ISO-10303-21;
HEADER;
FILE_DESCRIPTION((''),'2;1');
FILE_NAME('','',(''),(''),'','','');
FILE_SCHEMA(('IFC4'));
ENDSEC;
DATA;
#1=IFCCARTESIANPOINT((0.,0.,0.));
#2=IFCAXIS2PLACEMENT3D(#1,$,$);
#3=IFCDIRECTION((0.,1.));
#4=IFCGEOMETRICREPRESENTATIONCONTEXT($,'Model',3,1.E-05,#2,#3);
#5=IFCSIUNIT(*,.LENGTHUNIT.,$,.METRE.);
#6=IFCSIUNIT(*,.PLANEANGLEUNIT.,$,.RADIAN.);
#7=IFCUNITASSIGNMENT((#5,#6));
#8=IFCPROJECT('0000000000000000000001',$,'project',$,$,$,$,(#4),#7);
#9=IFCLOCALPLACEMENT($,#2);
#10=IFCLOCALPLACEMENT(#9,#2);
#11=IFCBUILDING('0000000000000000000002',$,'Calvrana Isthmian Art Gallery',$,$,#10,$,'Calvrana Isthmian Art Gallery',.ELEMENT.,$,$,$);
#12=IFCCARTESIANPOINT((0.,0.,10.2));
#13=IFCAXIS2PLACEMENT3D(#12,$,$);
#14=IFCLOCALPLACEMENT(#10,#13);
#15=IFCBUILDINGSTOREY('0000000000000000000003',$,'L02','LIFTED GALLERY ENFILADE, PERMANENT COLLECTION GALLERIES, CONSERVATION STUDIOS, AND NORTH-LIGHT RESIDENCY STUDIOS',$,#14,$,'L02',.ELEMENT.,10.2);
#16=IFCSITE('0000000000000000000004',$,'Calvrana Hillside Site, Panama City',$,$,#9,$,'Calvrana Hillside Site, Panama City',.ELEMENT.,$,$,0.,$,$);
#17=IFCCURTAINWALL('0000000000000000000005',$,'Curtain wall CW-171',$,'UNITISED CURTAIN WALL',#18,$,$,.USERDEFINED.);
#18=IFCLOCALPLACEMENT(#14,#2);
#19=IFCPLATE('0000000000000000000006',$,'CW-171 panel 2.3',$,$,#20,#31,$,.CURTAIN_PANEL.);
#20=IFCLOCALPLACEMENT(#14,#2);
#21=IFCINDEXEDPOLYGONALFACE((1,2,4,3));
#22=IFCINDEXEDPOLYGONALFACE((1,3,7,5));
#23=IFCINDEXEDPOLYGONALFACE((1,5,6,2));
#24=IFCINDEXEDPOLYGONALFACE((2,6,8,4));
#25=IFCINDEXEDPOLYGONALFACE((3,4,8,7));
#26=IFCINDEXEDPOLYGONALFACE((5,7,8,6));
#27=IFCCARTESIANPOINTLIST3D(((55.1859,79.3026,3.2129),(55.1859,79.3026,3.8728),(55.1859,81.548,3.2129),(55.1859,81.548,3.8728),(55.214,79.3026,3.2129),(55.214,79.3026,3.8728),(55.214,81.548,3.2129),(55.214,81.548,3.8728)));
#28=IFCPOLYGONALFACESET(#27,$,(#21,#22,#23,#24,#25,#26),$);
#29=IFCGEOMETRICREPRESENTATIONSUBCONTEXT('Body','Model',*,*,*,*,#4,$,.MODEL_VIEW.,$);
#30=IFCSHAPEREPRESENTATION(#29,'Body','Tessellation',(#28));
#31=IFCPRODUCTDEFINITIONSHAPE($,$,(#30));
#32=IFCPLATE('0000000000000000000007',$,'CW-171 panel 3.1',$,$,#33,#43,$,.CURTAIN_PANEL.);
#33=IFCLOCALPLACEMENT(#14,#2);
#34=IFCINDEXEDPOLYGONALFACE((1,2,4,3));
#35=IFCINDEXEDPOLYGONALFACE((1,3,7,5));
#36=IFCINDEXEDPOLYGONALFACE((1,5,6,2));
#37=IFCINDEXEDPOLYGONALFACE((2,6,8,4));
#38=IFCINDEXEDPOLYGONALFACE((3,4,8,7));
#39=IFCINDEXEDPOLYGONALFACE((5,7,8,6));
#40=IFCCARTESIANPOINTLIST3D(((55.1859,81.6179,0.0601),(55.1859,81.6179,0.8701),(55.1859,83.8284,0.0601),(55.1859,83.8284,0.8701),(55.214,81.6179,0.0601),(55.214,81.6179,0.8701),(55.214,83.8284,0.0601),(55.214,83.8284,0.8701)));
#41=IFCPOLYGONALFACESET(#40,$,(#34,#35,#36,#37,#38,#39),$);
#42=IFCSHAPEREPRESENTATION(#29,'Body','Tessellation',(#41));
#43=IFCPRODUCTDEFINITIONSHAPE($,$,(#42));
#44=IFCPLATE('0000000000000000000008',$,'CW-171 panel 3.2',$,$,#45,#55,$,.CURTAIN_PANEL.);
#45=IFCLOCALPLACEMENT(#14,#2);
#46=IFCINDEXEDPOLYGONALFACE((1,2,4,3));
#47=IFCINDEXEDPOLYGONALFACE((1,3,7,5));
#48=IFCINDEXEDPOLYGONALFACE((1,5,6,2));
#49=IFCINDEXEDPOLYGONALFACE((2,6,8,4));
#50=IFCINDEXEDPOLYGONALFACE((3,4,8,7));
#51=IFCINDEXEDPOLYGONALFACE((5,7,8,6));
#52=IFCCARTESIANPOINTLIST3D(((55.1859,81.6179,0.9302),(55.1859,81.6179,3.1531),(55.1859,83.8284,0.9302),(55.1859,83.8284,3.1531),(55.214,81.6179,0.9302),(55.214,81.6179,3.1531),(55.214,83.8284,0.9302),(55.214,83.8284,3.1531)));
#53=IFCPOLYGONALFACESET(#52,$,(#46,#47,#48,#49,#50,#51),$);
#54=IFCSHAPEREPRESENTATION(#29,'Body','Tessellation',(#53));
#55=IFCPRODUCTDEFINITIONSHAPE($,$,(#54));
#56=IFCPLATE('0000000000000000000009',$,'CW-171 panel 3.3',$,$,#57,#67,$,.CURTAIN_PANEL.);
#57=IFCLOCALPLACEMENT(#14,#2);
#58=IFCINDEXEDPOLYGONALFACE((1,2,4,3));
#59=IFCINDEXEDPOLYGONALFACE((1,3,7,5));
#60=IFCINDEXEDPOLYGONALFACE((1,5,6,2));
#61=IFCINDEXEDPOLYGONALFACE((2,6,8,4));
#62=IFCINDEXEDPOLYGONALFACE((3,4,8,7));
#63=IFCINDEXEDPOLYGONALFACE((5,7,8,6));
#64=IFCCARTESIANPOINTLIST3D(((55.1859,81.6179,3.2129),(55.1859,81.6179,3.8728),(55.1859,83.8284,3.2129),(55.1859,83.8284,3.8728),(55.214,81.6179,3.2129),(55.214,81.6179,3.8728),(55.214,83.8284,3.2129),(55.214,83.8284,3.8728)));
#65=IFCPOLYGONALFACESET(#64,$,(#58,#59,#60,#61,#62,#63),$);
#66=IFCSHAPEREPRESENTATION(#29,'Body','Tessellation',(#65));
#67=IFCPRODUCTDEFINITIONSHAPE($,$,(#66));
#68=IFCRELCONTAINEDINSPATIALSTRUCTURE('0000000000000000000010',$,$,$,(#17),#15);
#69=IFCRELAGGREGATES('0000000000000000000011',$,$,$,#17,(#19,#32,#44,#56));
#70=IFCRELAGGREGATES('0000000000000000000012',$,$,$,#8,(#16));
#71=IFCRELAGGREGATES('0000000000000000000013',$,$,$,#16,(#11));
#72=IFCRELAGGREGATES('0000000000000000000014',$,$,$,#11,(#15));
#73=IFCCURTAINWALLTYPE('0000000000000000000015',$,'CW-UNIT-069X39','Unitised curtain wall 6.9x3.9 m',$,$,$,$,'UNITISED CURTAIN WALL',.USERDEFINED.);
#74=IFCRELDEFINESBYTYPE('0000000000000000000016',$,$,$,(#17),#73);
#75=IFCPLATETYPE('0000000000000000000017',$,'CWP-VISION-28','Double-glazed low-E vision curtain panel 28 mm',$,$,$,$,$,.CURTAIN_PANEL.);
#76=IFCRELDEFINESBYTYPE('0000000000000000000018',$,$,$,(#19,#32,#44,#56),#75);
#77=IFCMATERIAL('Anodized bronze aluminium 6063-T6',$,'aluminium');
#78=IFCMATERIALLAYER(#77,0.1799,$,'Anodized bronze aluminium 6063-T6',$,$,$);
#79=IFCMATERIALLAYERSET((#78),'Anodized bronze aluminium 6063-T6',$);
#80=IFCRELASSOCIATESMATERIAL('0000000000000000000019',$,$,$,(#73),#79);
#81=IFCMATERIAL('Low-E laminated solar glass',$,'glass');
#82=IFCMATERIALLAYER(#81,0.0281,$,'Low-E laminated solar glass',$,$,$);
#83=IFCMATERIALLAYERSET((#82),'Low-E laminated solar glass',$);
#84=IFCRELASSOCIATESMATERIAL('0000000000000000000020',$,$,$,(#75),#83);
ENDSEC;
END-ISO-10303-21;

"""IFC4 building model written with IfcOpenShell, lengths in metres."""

from ifc_helpers import new_model, si_unit, direction, frame, origin, origin_2d, place, context, subcontext, project, spatial, rectangle, extrude, material, layer, layer_set, type_object, element, aggregate, save


model = new_model("IFC4")

# Units and contexts
model_context = context("Model", 3, precision=1e-05, world=origin(), true_north=direction((0.0, 1.0)))
body_context = subcontext(model_context, "Body", "Model", "MODEL_VIEW")
ifc_project = project(units=[si_unit("LENGTHUNIT", "METRE"), si_unit("PLANEANGLEUNIT", "RADIAN")], contexts=[model_context])

# Site, building, storey
site_placement = place(None, origin())
site = spatial("IfcSite", under=ifc_project, at=site_placement, Name="Calvrana Hillside Site, Panama City", LongName="Calvrana Hillside Site, Panama City", CompositionType="ELEMENT", RefElevation=0.0)
building_placement = place(site_placement, origin())
building = spatial("IfcBuilding", under=site, at=building_placement, Name="Calvrana Isthmian Art Gallery", LongName="Calvrana Isthmian Art Gallery", CompositionType="ELEMENT")
storey_placement = place(building_placement, frame((0.0, 0.0, 10.2)))
storey = spatial("IfcBuildingStorey", under=building, at=storey_placement, Name="L02", Description="LIFTED GALLERY ENFILADE, PERMANENT COLLECTION GALLERIES, CONSERVATION STUDIOS, AND NORTH-LIGHT RESIDENCY STUDIOS", LongName="L02", CompositionType="ELEMENT", Elevation=10.2)

# Curtain wall, plates
ifc_material_1 = material(Name="Anodized bronze aluminium 6063-T6", Category="aluminium")
ifc_layer_1 = layer(ifc_material_1, 0.1799, Name="Anodized bronze aluminium 6063-T6")
ifc_layer_set_1 = layer_set([ifc_layer_1], Name="Anodized bronze aluminium 6063-T6")
curtain_wall_type = type_object("IfcCurtainWallType", Name="CW-UNIT-069X39", Description="Unitised curtain wall 6.9x3.9 m", ElementType="UNITISED CURTAIN WALL", PredefinedType="USERDEFINED", material=ifc_layer_set_1)
curtain_wall_placement = place(storey_placement, origin())
curtain_wall = element("IfcCurtainWall", 1, at=curtain_wall_placement, inside=storey, type_object=curtain_wall_type, Name="Curtain wall CW-171", ObjectType="UNITISED CURTAIN WALL", PredefinedType="USERDEFINED")
ifc_material_2 = material(Name="Low-E laminated solar glass", Category="glass")
ifc_layer_2 = layer(ifc_material_2, 0.0281, Name="Low-E laminated solar glass")
ifc_layer_set_2 = layer_set([ifc_layer_2], Name="Low-E laminated solar glass")
plate_type = type_object("IfcPlateType", Name="CWP-VISION-28", Description="Double-glazed low-E vision curtain panel 28 mm", PredefinedType="CURTAIN_PANEL", material=ifc_layer_set_2)
plate_1_placement = place(storey_placement, frame((55.2, 80.4253, 3.2129), z_axis=(0.0, 0.0, 1.0), x_axis=(0.0, 1.0, 0.0)))
plate_1 = element("IfcPlate", 2, at=plate_1_placement, type_object=plate_type, Name="CW-171 panel 2.3", PredefinedType="CURTAIN_PANEL", context=body_context, shape_type="SweptSolid", body=[
    extrude(rectangle(XDim=2.2454, YDim=0.0281, at=origin_2d()), origin(), (0.0, 0.0, 1.0), 0.6599),
])
plate_2_placement = place(storey_placement, frame((55.2, 82.7231, 0.0601), z_axis=(0.0, 0.0, 1.0), x_axis=(0.0, 1.0, 0.0)))
plate_2 = element("IfcPlate", 3, at=plate_2_placement, type_object=plate_type, Name="CW-171 panel 3.1", PredefinedType="CURTAIN_PANEL", context=body_context, shape_type="SweptSolid", body=[
    extrude(rectangle(XDim=2.2104, YDim=0.0281, at=origin_2d()), origin(), (0.0, 0.0, 1.0), 0.8101),
])
plate_3_placement = place(storey_placement, frame((55.2, 82.7231, 0.9302), z_axis=(0.0, 0.0, 1.0), x_axis=(0.0, 1.0, 0.0)))
plate_3 = element("IfcPlate", 4, at=plate_3_placement, type_object=plate_type, Name="CW-171 panel 3.2", PredefinedType="CURTAIN_PANEL", context=body_context, shape_type="SweptSolid", body=[
    extrude(rectangle(XDim=2.2104, YDim=0.0281, at=origin_2d()), origin(), (0.0, 0.0, 1.0), 2.2229),
])
plate_4_placement = place(storey_placement, frame((55.2, 82.7231, 3.2129), z_axis=(0.0, 0.0, 1.0), x_axis=(0.0, 1.0, 0.0)))
plate_4 = element("IfcPlate", 5, at=plate_4_placement, type_object=plate_type, Name="CW-171 panel 3.3", PredefinedType="CURTAIN_PANEL", context=body_context, shape_type="SweptSolid", body=[
    extrude(rectangle(XDim=2.2104, YDim=0.0281, at=origin_2d()), origin(), (0.0, 0.0, 1.0), 0.6599),
])
aggregate(curtain_wall, [plate_1, plate_2, plate_3, plate_4])

save(model, "model.ifc")
